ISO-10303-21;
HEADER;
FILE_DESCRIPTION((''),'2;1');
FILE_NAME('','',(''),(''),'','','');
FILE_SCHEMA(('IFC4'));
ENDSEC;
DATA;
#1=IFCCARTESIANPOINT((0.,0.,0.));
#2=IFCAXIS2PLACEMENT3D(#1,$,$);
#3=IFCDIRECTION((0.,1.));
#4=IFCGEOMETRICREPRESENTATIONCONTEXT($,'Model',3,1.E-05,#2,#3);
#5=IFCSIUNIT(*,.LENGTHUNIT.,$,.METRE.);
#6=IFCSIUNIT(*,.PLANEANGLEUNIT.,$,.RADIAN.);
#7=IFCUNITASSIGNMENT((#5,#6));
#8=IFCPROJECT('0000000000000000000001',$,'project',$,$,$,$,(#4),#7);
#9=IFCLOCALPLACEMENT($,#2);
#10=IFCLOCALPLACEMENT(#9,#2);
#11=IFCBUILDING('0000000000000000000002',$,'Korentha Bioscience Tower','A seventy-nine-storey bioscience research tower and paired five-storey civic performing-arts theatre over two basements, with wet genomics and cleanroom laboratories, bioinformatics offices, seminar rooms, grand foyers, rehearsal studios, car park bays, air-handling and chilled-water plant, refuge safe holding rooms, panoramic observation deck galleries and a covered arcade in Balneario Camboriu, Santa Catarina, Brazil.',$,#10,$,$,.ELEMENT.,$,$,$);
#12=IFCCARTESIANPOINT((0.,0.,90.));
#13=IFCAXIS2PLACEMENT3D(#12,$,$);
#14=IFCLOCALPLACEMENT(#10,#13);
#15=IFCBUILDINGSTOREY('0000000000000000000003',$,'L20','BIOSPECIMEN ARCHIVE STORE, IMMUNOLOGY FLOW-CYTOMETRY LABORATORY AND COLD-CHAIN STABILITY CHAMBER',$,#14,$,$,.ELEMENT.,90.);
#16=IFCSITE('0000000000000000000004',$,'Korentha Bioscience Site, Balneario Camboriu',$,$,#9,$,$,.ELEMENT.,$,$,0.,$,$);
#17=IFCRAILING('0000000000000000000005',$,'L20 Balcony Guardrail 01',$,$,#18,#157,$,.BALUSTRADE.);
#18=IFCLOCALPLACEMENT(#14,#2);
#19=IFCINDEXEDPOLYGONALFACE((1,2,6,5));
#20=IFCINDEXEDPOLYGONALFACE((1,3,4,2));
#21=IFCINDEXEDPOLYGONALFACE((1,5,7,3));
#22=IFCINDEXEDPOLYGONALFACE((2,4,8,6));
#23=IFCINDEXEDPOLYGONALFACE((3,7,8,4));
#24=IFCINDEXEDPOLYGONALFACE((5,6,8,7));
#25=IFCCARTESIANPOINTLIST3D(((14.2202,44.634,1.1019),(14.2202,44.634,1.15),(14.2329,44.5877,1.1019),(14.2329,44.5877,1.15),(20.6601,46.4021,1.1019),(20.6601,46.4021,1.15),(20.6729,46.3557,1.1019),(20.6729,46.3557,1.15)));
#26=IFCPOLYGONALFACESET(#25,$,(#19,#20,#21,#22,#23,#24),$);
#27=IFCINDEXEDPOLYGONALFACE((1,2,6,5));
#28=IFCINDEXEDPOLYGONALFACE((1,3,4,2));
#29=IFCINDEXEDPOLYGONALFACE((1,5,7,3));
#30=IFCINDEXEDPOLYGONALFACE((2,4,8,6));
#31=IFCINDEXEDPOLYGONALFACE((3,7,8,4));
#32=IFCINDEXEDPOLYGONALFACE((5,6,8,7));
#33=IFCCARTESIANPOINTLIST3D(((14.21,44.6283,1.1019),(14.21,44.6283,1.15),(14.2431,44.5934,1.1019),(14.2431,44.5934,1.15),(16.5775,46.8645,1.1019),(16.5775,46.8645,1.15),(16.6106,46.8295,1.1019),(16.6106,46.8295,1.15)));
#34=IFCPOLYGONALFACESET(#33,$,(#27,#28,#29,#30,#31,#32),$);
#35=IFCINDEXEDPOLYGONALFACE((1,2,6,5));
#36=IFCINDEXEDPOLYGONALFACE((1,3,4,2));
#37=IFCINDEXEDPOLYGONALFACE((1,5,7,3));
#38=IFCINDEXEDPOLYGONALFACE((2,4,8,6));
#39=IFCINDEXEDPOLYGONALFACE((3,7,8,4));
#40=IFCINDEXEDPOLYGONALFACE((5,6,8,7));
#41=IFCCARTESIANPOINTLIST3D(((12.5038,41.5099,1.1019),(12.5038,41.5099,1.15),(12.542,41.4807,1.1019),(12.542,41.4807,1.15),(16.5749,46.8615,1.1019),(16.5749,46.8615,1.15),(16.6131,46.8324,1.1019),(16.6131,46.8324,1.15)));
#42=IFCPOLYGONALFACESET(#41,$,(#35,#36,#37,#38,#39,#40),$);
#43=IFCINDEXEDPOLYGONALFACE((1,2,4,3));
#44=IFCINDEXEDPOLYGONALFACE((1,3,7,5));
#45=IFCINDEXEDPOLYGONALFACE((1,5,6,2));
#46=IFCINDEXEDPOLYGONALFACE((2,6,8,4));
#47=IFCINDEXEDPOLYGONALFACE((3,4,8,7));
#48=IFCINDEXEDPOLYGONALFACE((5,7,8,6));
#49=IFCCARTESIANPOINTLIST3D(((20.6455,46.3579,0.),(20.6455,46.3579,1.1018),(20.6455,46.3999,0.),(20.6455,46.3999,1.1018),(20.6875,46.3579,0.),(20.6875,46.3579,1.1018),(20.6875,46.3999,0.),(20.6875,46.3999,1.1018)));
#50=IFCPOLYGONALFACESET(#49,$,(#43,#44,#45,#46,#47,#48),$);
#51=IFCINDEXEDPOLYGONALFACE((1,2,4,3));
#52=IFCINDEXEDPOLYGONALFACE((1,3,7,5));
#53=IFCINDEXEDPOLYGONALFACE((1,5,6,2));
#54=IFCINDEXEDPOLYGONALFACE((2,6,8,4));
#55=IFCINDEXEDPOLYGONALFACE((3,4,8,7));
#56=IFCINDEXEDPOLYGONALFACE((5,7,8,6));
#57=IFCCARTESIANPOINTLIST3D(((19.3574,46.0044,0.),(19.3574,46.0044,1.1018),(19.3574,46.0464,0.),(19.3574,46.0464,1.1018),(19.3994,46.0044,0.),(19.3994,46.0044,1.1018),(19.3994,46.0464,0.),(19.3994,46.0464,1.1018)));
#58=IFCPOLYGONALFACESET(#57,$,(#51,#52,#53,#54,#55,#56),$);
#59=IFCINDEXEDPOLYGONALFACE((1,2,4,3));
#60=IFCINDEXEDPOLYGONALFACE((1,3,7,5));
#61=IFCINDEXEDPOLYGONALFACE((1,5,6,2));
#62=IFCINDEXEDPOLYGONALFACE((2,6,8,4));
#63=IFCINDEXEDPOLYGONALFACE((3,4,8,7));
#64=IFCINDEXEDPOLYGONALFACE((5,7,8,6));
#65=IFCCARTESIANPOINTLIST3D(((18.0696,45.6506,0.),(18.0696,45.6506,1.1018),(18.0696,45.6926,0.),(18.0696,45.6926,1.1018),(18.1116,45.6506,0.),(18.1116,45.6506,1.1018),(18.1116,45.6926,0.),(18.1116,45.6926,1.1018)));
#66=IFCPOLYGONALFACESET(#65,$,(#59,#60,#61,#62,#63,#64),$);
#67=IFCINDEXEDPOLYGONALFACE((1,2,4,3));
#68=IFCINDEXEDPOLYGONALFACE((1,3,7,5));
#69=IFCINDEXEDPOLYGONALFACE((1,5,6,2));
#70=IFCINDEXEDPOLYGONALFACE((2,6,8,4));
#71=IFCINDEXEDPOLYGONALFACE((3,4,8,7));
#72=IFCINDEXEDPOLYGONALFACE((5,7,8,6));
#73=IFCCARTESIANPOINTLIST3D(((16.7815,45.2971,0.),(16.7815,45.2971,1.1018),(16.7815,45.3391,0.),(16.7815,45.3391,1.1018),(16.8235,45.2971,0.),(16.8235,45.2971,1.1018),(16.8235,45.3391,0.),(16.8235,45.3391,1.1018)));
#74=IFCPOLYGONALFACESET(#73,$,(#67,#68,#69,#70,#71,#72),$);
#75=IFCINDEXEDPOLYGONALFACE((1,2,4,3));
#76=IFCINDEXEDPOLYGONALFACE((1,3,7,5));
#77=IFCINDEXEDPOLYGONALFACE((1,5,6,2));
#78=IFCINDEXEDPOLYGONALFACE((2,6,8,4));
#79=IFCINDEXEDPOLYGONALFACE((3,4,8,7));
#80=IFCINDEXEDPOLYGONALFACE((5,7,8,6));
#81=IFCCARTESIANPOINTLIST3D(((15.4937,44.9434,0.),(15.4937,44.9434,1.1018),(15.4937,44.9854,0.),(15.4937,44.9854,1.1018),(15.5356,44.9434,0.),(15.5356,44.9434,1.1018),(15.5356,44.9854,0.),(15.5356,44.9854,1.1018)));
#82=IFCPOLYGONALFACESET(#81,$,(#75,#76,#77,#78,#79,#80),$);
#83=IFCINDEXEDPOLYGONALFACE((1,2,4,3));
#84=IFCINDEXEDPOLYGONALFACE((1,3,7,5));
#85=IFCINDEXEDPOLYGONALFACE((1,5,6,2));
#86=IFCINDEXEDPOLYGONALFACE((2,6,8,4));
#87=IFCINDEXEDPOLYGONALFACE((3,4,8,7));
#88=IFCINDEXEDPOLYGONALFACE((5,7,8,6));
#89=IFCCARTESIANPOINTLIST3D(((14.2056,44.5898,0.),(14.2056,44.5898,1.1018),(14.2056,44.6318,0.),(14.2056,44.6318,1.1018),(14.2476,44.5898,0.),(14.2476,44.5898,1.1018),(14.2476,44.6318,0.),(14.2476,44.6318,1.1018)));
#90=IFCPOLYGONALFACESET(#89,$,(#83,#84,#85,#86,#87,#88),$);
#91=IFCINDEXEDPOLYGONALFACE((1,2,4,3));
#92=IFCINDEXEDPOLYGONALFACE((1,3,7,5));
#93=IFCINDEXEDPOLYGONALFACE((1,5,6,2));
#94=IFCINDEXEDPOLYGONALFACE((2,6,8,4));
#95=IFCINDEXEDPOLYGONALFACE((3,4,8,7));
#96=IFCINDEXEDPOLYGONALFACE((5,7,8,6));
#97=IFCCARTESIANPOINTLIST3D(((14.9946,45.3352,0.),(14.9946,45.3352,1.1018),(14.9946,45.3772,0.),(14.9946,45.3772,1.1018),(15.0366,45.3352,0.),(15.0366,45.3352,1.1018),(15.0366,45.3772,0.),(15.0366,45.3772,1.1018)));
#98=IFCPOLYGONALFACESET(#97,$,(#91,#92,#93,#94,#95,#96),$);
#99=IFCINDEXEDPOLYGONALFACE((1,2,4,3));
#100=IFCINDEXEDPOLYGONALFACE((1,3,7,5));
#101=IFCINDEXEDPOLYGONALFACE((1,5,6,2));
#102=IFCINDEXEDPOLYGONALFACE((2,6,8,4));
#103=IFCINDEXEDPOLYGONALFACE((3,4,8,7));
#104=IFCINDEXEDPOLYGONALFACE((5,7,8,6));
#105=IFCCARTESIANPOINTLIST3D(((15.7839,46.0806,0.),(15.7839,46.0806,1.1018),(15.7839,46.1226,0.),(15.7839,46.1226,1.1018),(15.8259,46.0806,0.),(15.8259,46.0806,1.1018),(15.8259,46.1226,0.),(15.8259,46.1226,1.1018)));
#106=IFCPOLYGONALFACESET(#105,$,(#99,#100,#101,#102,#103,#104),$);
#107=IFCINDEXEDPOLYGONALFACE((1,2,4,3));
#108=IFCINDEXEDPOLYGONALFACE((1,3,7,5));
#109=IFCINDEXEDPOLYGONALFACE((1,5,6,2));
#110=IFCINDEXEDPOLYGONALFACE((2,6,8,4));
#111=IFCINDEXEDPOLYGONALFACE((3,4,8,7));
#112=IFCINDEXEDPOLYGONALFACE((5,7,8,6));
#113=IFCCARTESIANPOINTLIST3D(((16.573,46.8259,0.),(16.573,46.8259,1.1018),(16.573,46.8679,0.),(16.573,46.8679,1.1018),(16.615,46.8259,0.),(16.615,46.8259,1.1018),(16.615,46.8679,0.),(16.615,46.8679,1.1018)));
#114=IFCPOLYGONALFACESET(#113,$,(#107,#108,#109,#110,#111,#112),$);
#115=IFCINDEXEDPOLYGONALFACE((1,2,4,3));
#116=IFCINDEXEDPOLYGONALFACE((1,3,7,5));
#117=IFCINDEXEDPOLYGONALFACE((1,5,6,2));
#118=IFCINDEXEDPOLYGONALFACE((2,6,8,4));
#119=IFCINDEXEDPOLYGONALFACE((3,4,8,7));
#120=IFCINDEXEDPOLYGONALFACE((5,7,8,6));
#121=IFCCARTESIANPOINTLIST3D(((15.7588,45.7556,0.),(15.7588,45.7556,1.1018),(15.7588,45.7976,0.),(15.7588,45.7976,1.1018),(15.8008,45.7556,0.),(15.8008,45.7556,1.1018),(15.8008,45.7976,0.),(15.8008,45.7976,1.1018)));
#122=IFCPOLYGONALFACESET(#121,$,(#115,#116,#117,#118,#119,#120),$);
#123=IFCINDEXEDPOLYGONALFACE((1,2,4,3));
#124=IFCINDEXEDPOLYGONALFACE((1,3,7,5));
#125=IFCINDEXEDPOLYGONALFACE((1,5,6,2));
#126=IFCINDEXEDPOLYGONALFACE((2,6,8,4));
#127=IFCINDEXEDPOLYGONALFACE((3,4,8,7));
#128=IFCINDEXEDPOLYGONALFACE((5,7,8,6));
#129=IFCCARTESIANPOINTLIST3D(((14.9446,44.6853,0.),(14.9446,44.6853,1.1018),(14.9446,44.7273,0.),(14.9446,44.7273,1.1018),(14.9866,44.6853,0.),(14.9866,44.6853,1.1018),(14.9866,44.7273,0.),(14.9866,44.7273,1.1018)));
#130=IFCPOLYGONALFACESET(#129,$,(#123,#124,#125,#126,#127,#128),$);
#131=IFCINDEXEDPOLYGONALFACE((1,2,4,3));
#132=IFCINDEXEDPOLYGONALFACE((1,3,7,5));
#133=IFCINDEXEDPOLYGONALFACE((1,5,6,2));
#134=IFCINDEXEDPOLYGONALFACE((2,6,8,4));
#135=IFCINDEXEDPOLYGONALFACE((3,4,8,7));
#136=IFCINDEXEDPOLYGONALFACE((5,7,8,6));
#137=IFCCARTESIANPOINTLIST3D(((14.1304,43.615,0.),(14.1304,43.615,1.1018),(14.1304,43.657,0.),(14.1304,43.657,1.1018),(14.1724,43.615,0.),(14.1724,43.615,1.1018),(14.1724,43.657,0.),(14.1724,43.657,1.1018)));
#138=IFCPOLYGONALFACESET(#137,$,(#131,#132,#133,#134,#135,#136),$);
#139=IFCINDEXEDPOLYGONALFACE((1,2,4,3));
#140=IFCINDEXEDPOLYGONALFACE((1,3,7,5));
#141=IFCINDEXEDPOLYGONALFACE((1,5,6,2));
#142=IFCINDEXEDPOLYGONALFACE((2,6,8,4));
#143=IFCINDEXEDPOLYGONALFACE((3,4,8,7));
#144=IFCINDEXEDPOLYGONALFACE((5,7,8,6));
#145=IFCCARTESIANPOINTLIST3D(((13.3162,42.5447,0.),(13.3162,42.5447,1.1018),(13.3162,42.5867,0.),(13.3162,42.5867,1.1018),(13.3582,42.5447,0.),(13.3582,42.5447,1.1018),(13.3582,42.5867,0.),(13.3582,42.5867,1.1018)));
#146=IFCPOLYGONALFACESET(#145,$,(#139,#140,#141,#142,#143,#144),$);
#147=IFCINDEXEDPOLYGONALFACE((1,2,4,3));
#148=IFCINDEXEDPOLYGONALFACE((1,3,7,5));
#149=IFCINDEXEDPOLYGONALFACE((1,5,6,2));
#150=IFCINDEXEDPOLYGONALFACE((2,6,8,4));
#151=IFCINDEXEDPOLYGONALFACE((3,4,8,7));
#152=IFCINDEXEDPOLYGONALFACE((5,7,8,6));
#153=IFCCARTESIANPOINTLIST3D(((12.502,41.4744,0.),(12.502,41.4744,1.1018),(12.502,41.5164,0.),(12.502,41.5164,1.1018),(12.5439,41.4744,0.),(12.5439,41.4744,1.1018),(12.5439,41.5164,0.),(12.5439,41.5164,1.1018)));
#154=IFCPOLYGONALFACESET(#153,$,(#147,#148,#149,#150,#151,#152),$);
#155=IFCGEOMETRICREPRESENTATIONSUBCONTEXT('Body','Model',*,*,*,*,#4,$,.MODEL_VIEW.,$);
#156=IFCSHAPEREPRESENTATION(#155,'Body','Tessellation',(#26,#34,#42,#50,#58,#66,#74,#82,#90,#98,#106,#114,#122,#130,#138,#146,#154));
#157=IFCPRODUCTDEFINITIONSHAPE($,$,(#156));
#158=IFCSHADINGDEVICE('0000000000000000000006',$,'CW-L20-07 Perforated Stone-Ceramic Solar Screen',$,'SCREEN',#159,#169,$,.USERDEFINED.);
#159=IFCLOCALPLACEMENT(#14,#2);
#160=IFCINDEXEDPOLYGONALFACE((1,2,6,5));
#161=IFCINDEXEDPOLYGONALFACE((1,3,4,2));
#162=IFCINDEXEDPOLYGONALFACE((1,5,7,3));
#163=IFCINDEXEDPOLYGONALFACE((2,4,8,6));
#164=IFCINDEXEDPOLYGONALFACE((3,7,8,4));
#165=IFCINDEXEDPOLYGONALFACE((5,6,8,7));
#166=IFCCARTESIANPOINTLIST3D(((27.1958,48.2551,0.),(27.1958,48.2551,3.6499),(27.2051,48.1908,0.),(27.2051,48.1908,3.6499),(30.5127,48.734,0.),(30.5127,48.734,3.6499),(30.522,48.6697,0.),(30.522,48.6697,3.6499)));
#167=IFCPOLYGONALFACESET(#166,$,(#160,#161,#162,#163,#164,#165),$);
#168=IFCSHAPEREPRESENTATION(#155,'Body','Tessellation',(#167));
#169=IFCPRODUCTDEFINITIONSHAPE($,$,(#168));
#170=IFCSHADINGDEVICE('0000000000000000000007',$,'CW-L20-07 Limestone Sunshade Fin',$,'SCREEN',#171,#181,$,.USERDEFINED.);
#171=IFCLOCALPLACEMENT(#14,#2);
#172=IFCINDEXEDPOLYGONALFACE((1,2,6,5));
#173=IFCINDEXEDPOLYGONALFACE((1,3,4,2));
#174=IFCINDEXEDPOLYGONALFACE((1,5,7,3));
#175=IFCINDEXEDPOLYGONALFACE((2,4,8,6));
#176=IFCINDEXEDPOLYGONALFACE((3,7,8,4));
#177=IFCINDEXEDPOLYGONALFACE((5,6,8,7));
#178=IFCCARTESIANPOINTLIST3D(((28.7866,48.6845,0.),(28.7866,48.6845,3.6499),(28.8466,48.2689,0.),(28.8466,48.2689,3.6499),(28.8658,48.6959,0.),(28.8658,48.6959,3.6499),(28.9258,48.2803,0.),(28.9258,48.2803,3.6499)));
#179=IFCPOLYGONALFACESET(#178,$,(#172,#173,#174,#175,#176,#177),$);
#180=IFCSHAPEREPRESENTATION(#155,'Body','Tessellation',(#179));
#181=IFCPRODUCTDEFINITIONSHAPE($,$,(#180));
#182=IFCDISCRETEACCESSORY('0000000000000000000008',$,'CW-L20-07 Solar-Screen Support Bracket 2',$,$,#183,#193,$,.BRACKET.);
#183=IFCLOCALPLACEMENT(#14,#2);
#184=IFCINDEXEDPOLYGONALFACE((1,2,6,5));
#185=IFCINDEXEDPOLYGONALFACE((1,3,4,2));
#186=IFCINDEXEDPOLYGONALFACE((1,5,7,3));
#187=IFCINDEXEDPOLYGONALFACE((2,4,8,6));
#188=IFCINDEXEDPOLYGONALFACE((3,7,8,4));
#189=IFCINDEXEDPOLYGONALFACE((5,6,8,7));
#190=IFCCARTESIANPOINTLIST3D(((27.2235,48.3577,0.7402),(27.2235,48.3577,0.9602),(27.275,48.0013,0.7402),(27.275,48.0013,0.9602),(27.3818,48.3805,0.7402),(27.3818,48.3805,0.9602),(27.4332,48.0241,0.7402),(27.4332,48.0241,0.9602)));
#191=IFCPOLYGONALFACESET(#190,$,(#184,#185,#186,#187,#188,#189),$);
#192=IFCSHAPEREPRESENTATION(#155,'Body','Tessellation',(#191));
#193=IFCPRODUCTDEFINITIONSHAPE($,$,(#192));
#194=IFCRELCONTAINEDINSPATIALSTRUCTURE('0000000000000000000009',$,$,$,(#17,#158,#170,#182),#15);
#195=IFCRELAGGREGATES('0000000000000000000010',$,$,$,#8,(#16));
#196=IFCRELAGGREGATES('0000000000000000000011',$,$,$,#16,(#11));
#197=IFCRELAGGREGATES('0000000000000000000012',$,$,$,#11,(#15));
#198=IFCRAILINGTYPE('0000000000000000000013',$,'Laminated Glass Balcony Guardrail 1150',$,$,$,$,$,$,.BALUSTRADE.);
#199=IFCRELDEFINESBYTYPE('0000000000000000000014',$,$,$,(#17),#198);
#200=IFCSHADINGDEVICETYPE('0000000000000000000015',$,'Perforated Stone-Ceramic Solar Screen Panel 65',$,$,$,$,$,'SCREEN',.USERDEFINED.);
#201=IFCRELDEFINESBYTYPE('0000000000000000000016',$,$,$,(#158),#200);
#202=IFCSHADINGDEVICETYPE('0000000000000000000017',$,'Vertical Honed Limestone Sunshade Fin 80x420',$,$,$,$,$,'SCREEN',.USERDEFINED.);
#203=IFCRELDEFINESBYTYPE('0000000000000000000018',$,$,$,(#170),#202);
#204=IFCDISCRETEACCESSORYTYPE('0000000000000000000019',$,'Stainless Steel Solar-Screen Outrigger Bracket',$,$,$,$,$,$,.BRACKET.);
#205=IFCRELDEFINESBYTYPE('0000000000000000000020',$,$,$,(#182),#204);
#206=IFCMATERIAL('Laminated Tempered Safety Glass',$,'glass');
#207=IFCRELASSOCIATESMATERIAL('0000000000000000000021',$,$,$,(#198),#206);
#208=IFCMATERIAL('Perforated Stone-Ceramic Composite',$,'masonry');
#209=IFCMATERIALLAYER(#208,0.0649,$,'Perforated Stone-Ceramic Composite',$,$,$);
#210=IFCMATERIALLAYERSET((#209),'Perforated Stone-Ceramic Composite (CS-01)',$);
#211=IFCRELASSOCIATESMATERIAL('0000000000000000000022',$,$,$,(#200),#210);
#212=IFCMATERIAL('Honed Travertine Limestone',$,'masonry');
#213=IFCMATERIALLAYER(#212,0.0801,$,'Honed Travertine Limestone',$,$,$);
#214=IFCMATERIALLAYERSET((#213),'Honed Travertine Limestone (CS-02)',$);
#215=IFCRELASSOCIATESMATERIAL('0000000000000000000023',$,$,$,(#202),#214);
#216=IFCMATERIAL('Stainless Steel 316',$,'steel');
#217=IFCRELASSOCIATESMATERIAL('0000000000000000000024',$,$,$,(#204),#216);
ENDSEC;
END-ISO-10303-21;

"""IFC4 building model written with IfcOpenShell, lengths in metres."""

from ifc_helpers import new_model, si_unit, direction, frame, origin, origin_2d, place, context, subcontext, project, spatial, rectangle, extrude, material, layer, layer_set, type_object, element, save


model = new_model("IFC4")

# Units and contexts
model_context = context("Model", 3, precision=1e-05, world=origin(), true_north=direction((0.0, 1.0)))
body_context = subcontext(model_context, "Body", "Model", "MODEL_VIEW")
ifc_project = project(units=[si_unit("LENGTHUNIT", "METRE"), si_unit("PLANEANGLEUNIT", "RADIAN")], contexts=[model_context])

# Site, building, storey
site_placement = place(None, origin())
site = spatial("IfcSite", under=ifc_project, at=site_placement, Name="Korentha Bioscience Site, Balneario Camboriu", CompositionType="ELEMENT", RefElevation=0.0)
building_placement = place(site_placement, origin())
building = spatial("IfcBuilding", under=site, at=building_placement, Name="Korentha Bioscience Tower", Description="A seventy-nine-storey bioscience research tower and paired five-storey civic performing-arts theatre over two basements, with wet genomics and cleanroom laboratories, bioinformatics offices, seminar rooms, grand foyers, rehearsal studios, car park bays, air-handling and chilled-water plant, refuge safe holding rooms, panoramic observation deck galleries and a covered arcade in Balneario Camboriu, Santa Catarina, Brazil.", CompositionType="ELEMENT")
storey_placement = place(building_placement, frame((0.0, 0.0, 90.0)))
storey = spatial("IfcBuildingStorey", under=building, at=storey_placement, Name="L20", Description="BIOSPECIMEN ARCHIVE STORE, IMMUNOLOGY FLOW-CYTOMETRY LABORATORY AND COLD-CHAIN STABILITY CHAMBER", CompositionType="ELEMENT", Elevation=90.0)

# Railing
ifc_material_1 = material(Name="Laminated Tempered Safety Glass", Category="glass")
railing_type = type_object("IfcRailingType", Name="Laminated Glass Balcony Guardrail 1150", PredefinedType="BALUSTRADE", material=ifc_material_1)
railing_placement = place(storey_placement, frame((20.6665, 46.3789, 0.0)))
element("IfcRailing", 1, at=railing_placement, inside=storey, type_object=railing_type, Name="L20 Balcony Guardrail 01", PredefinedType="BALUSTRADE", context=body_context, shape_type="SweptSolid", body=[
    extrude(rectangle(XDim=0.0481, YDim=0.0481, at=origin_2d()), frame((0.0, 0.0, 1.126), z_axis=(-0.964317, -0.26475, 0.0), x_axis=(0.26475, -0.964317, 0.0)), (0.0, 0.0, 1.0), 6.6782),
    extrude(rectangle(XDim=0.0481, YDim=0.0481, at=origin_2d()), frame((-6.4399, -1.7681, 1.126), z_axis=(0.726986, 0.686652, 0.0), x_axis=(-0.686652, 0.726986, 0.0)), (0.0, 0.0, 1.0), 3.2566),
    extrude(rectangle(XDim=0.0481, YDim=0.0481, at=origin_2d()), frame((-4.0725, 0.468, 1.126), z_axis=(-0.605447, -0.795886, 0.0), x_axis=(0.795886, -0.605447, 0.0)), (0.0, 0.0, 1.0), 6.7241),
    extrude(rectangle(XDim=0.042, YDim=0.042, at=origin_2d()), origin(), (0.0, 0.0, 1.0), 1.1018),
    extrude(rectangle(XDim=0.042, YDim=0.042, at=origin_2d()), frame((-1.2881, -0.3535, 0.0)), (0.0, 0.0, 1.0), 1.1018),
    extrude(rectangle(XDim=0.042, YDim=0.042, at=origin_2d()), frame((-2.5759, -0.7073, 0.0)), (0.0, 0.0, 1.0), 1.1018),
    extrude(rectangle(XDim=0.042, YDim=0.042, at=origin_2d()), frame((-3.864, -1.0608, 0.0)), (0.0, 0.0, 1.0), 1.1018),
    extrude(rectangle(XDim=0.042, YDim=0.042, at=origin_2d()), frame((-5.1519, -1.4146, 0.0)), (0.0, 0.0, 1.0), 1.1018),
    extrude(rectangle(XDim=0.042, YDim=0.042, at=origin_2d()), frame((-6.4399, -1.7681, 0.0)), (0.0, 0.0, 1.0), 1.1018),
    extrude(rectangle(XDim=0.042, YDim=0.042, at=origin_2d()), frame((-5.6509, -1.0227, 0.0)), (0.0, 0.0, 1.0), 1.1018),
    extrude(rectangle(XDim=0.042, YDim=0.042, at=origin_2d()), frame((-4.8616, -0.2773, 0.0)), (0.0, 0.0, 1.0), 1.1018),
    extrude(rectangle(XDim=0.042, YDim=0.042, at=origin_2d()), frame((-4.0725, 0.468, 0.0)), (0.0, 0.0, 1.0), 1.1018),
    extrude(rectangle(XDim=0.042, YDim=0.042, at=origin_2d()), frame((-4.8867, -0.6023, 0.0)), (0.0, 0.0, 1.0), 1.1018),
    extrude(rectangle(XDim=0.042, YDim=0.042, at=origin_2d()), frame((-5.7009, -1.6726, 0.0)), (0.0, 0.0, 1.0), 1.1018),
    extrude(rectangle(XDim=0.042, YDim=0.042, at=origin_2d()), frame((-6.5151, -2.7429, 0.0)), (0.0, 0.0, 1.0), 1.1018),
    extrude(rectangle(XDim=0.042, YDim=0.042, at=origin_2d()), frame((-7.3293, -3.8132, 0.0)), (0.0, 0.0, 1.0), 1.1018),
    extrude(rectangle(XDim=0.042, YDim=0.042, at=origin_2d()), frame((-8.1436, -4.8835, 0.0)), (0.0, 0.0, 1.0), 1.1018),
])

# Shading devices
ifc_material_2 = material(Name="Perforated Stone-Ceramic Composite", Category="masonry")
ifc_layer_1 = layer(ifc_material_2, 0.0649, Name="Perforated Stone-Ceramic Composite")
ifc_layer_set_1 = layer_set([ifc_layer_1], Name="Perforated Stone-Ceramic Composite (CS-01)")
shading_device_type_1 = type_object("IfcShadingDeviceType", Name="Perforated Stone-Ceramic Solar Screen Panel 65", ElementType="SCREEN", PredefinedType="USERDEFINED", material=ifc_layer_set_1)
shading_device_1_placement = place(storey_placement, frame((28.8589, 48.4624, 0.0), z_axis=(0.0, 0.0, 1.0), x_axis=(-0.989738, -0.142892, 0.0)))
element("IfcShadingDevice", 2, at=shading_device_1_placement, inside=storey, type_object=shading_device_type_1, Name="CW-L20-07 Perforated Stone-Ceramic Solar Screen", ObjectType="SCREEN", PredefinedType="USERDEFINED", context=body_context, shape_type="SweptSolid", body=[
    extrude(rectangle(XDim=3.3513, YDim=0.0649, at=origin_2d()), origin(), (0.0, 0.0, 1.0), 3.6499),
])
ifc_material_3 = material(Name="Honed Travertine Limestone", Category="masonry")
ifc_layer_2 = layer(ifc_material_3, 0.0801, Name="Honed Travertine Limestone")
ifc_layer_set_2 = layer_set([ifc_layer_2], Name="Honed Travertine Limestone (CS-02)")
shading_device_type_2 = type_object("IfcShadingDeviceType", Name="Vertical Honed Limestone Sunshade Fin 80x420", ElementType="SCREEN", PredefinedType="USERDEFINED", material=ifc_layer_set_2)
shading_device_2_placement = place(storey_placement, frame((28.8562, 48.4824, 0.0), z_axis=(0.0, 0.0, 1.0), x_axis=(-0.989738, -0.142892, 0.0)))
element("IfcShadingDevice", 3, at=shading_device_2_placement, inside=storey, type_object=shading_device_type_2, Name="CW-L20-07 Limestone Sunshade Fin", ObjectType="SCREEN", PredefinedType="USERDEFINED", context=body_context, shape_type="SweptSolid", body=[
    extrude(rectangle(XDim=0.0801, YDim=0.4199, at=origin_2d()), origin(), (0.0, 0.0, 1.0), 3.6499),
])

# Discrete accessory
ifc_material_4 = material(Name="Stainless Steel 316", Category="steel")
discrete_accessory_type = type_object("IfcDiscreteAccessoryType", Name="Stainless Steel Solar-Screen Outrigger Bracket", PredefinedType="BRACKET", material=ifc_material_4)
discrete_accessory_placement = place(storey_placement, frame((27.3284, 48.1909, 0.7402), z_axis=(0.0, 0.0, 1.0), x_axis=(-0.989738, -0.142892, 0.0)))
element("IfcDiscreteAccessory", 4, at=discrete_accessory_placement, inside=storey, type_object=discrete_accessory_type, Name="CW-L20-07 Solar-Screen Support Bracket 2", PredefinedType="BRACKET", context=body_context, shape_type="SweptSolid", body=[
    extrude(rectangle(XDim=0.1599, YDim=0.3601, at=origin_2d()), origin(), (0.0, 0.0, 1.0), 0.22),
])

save(model, "model.ifc")
